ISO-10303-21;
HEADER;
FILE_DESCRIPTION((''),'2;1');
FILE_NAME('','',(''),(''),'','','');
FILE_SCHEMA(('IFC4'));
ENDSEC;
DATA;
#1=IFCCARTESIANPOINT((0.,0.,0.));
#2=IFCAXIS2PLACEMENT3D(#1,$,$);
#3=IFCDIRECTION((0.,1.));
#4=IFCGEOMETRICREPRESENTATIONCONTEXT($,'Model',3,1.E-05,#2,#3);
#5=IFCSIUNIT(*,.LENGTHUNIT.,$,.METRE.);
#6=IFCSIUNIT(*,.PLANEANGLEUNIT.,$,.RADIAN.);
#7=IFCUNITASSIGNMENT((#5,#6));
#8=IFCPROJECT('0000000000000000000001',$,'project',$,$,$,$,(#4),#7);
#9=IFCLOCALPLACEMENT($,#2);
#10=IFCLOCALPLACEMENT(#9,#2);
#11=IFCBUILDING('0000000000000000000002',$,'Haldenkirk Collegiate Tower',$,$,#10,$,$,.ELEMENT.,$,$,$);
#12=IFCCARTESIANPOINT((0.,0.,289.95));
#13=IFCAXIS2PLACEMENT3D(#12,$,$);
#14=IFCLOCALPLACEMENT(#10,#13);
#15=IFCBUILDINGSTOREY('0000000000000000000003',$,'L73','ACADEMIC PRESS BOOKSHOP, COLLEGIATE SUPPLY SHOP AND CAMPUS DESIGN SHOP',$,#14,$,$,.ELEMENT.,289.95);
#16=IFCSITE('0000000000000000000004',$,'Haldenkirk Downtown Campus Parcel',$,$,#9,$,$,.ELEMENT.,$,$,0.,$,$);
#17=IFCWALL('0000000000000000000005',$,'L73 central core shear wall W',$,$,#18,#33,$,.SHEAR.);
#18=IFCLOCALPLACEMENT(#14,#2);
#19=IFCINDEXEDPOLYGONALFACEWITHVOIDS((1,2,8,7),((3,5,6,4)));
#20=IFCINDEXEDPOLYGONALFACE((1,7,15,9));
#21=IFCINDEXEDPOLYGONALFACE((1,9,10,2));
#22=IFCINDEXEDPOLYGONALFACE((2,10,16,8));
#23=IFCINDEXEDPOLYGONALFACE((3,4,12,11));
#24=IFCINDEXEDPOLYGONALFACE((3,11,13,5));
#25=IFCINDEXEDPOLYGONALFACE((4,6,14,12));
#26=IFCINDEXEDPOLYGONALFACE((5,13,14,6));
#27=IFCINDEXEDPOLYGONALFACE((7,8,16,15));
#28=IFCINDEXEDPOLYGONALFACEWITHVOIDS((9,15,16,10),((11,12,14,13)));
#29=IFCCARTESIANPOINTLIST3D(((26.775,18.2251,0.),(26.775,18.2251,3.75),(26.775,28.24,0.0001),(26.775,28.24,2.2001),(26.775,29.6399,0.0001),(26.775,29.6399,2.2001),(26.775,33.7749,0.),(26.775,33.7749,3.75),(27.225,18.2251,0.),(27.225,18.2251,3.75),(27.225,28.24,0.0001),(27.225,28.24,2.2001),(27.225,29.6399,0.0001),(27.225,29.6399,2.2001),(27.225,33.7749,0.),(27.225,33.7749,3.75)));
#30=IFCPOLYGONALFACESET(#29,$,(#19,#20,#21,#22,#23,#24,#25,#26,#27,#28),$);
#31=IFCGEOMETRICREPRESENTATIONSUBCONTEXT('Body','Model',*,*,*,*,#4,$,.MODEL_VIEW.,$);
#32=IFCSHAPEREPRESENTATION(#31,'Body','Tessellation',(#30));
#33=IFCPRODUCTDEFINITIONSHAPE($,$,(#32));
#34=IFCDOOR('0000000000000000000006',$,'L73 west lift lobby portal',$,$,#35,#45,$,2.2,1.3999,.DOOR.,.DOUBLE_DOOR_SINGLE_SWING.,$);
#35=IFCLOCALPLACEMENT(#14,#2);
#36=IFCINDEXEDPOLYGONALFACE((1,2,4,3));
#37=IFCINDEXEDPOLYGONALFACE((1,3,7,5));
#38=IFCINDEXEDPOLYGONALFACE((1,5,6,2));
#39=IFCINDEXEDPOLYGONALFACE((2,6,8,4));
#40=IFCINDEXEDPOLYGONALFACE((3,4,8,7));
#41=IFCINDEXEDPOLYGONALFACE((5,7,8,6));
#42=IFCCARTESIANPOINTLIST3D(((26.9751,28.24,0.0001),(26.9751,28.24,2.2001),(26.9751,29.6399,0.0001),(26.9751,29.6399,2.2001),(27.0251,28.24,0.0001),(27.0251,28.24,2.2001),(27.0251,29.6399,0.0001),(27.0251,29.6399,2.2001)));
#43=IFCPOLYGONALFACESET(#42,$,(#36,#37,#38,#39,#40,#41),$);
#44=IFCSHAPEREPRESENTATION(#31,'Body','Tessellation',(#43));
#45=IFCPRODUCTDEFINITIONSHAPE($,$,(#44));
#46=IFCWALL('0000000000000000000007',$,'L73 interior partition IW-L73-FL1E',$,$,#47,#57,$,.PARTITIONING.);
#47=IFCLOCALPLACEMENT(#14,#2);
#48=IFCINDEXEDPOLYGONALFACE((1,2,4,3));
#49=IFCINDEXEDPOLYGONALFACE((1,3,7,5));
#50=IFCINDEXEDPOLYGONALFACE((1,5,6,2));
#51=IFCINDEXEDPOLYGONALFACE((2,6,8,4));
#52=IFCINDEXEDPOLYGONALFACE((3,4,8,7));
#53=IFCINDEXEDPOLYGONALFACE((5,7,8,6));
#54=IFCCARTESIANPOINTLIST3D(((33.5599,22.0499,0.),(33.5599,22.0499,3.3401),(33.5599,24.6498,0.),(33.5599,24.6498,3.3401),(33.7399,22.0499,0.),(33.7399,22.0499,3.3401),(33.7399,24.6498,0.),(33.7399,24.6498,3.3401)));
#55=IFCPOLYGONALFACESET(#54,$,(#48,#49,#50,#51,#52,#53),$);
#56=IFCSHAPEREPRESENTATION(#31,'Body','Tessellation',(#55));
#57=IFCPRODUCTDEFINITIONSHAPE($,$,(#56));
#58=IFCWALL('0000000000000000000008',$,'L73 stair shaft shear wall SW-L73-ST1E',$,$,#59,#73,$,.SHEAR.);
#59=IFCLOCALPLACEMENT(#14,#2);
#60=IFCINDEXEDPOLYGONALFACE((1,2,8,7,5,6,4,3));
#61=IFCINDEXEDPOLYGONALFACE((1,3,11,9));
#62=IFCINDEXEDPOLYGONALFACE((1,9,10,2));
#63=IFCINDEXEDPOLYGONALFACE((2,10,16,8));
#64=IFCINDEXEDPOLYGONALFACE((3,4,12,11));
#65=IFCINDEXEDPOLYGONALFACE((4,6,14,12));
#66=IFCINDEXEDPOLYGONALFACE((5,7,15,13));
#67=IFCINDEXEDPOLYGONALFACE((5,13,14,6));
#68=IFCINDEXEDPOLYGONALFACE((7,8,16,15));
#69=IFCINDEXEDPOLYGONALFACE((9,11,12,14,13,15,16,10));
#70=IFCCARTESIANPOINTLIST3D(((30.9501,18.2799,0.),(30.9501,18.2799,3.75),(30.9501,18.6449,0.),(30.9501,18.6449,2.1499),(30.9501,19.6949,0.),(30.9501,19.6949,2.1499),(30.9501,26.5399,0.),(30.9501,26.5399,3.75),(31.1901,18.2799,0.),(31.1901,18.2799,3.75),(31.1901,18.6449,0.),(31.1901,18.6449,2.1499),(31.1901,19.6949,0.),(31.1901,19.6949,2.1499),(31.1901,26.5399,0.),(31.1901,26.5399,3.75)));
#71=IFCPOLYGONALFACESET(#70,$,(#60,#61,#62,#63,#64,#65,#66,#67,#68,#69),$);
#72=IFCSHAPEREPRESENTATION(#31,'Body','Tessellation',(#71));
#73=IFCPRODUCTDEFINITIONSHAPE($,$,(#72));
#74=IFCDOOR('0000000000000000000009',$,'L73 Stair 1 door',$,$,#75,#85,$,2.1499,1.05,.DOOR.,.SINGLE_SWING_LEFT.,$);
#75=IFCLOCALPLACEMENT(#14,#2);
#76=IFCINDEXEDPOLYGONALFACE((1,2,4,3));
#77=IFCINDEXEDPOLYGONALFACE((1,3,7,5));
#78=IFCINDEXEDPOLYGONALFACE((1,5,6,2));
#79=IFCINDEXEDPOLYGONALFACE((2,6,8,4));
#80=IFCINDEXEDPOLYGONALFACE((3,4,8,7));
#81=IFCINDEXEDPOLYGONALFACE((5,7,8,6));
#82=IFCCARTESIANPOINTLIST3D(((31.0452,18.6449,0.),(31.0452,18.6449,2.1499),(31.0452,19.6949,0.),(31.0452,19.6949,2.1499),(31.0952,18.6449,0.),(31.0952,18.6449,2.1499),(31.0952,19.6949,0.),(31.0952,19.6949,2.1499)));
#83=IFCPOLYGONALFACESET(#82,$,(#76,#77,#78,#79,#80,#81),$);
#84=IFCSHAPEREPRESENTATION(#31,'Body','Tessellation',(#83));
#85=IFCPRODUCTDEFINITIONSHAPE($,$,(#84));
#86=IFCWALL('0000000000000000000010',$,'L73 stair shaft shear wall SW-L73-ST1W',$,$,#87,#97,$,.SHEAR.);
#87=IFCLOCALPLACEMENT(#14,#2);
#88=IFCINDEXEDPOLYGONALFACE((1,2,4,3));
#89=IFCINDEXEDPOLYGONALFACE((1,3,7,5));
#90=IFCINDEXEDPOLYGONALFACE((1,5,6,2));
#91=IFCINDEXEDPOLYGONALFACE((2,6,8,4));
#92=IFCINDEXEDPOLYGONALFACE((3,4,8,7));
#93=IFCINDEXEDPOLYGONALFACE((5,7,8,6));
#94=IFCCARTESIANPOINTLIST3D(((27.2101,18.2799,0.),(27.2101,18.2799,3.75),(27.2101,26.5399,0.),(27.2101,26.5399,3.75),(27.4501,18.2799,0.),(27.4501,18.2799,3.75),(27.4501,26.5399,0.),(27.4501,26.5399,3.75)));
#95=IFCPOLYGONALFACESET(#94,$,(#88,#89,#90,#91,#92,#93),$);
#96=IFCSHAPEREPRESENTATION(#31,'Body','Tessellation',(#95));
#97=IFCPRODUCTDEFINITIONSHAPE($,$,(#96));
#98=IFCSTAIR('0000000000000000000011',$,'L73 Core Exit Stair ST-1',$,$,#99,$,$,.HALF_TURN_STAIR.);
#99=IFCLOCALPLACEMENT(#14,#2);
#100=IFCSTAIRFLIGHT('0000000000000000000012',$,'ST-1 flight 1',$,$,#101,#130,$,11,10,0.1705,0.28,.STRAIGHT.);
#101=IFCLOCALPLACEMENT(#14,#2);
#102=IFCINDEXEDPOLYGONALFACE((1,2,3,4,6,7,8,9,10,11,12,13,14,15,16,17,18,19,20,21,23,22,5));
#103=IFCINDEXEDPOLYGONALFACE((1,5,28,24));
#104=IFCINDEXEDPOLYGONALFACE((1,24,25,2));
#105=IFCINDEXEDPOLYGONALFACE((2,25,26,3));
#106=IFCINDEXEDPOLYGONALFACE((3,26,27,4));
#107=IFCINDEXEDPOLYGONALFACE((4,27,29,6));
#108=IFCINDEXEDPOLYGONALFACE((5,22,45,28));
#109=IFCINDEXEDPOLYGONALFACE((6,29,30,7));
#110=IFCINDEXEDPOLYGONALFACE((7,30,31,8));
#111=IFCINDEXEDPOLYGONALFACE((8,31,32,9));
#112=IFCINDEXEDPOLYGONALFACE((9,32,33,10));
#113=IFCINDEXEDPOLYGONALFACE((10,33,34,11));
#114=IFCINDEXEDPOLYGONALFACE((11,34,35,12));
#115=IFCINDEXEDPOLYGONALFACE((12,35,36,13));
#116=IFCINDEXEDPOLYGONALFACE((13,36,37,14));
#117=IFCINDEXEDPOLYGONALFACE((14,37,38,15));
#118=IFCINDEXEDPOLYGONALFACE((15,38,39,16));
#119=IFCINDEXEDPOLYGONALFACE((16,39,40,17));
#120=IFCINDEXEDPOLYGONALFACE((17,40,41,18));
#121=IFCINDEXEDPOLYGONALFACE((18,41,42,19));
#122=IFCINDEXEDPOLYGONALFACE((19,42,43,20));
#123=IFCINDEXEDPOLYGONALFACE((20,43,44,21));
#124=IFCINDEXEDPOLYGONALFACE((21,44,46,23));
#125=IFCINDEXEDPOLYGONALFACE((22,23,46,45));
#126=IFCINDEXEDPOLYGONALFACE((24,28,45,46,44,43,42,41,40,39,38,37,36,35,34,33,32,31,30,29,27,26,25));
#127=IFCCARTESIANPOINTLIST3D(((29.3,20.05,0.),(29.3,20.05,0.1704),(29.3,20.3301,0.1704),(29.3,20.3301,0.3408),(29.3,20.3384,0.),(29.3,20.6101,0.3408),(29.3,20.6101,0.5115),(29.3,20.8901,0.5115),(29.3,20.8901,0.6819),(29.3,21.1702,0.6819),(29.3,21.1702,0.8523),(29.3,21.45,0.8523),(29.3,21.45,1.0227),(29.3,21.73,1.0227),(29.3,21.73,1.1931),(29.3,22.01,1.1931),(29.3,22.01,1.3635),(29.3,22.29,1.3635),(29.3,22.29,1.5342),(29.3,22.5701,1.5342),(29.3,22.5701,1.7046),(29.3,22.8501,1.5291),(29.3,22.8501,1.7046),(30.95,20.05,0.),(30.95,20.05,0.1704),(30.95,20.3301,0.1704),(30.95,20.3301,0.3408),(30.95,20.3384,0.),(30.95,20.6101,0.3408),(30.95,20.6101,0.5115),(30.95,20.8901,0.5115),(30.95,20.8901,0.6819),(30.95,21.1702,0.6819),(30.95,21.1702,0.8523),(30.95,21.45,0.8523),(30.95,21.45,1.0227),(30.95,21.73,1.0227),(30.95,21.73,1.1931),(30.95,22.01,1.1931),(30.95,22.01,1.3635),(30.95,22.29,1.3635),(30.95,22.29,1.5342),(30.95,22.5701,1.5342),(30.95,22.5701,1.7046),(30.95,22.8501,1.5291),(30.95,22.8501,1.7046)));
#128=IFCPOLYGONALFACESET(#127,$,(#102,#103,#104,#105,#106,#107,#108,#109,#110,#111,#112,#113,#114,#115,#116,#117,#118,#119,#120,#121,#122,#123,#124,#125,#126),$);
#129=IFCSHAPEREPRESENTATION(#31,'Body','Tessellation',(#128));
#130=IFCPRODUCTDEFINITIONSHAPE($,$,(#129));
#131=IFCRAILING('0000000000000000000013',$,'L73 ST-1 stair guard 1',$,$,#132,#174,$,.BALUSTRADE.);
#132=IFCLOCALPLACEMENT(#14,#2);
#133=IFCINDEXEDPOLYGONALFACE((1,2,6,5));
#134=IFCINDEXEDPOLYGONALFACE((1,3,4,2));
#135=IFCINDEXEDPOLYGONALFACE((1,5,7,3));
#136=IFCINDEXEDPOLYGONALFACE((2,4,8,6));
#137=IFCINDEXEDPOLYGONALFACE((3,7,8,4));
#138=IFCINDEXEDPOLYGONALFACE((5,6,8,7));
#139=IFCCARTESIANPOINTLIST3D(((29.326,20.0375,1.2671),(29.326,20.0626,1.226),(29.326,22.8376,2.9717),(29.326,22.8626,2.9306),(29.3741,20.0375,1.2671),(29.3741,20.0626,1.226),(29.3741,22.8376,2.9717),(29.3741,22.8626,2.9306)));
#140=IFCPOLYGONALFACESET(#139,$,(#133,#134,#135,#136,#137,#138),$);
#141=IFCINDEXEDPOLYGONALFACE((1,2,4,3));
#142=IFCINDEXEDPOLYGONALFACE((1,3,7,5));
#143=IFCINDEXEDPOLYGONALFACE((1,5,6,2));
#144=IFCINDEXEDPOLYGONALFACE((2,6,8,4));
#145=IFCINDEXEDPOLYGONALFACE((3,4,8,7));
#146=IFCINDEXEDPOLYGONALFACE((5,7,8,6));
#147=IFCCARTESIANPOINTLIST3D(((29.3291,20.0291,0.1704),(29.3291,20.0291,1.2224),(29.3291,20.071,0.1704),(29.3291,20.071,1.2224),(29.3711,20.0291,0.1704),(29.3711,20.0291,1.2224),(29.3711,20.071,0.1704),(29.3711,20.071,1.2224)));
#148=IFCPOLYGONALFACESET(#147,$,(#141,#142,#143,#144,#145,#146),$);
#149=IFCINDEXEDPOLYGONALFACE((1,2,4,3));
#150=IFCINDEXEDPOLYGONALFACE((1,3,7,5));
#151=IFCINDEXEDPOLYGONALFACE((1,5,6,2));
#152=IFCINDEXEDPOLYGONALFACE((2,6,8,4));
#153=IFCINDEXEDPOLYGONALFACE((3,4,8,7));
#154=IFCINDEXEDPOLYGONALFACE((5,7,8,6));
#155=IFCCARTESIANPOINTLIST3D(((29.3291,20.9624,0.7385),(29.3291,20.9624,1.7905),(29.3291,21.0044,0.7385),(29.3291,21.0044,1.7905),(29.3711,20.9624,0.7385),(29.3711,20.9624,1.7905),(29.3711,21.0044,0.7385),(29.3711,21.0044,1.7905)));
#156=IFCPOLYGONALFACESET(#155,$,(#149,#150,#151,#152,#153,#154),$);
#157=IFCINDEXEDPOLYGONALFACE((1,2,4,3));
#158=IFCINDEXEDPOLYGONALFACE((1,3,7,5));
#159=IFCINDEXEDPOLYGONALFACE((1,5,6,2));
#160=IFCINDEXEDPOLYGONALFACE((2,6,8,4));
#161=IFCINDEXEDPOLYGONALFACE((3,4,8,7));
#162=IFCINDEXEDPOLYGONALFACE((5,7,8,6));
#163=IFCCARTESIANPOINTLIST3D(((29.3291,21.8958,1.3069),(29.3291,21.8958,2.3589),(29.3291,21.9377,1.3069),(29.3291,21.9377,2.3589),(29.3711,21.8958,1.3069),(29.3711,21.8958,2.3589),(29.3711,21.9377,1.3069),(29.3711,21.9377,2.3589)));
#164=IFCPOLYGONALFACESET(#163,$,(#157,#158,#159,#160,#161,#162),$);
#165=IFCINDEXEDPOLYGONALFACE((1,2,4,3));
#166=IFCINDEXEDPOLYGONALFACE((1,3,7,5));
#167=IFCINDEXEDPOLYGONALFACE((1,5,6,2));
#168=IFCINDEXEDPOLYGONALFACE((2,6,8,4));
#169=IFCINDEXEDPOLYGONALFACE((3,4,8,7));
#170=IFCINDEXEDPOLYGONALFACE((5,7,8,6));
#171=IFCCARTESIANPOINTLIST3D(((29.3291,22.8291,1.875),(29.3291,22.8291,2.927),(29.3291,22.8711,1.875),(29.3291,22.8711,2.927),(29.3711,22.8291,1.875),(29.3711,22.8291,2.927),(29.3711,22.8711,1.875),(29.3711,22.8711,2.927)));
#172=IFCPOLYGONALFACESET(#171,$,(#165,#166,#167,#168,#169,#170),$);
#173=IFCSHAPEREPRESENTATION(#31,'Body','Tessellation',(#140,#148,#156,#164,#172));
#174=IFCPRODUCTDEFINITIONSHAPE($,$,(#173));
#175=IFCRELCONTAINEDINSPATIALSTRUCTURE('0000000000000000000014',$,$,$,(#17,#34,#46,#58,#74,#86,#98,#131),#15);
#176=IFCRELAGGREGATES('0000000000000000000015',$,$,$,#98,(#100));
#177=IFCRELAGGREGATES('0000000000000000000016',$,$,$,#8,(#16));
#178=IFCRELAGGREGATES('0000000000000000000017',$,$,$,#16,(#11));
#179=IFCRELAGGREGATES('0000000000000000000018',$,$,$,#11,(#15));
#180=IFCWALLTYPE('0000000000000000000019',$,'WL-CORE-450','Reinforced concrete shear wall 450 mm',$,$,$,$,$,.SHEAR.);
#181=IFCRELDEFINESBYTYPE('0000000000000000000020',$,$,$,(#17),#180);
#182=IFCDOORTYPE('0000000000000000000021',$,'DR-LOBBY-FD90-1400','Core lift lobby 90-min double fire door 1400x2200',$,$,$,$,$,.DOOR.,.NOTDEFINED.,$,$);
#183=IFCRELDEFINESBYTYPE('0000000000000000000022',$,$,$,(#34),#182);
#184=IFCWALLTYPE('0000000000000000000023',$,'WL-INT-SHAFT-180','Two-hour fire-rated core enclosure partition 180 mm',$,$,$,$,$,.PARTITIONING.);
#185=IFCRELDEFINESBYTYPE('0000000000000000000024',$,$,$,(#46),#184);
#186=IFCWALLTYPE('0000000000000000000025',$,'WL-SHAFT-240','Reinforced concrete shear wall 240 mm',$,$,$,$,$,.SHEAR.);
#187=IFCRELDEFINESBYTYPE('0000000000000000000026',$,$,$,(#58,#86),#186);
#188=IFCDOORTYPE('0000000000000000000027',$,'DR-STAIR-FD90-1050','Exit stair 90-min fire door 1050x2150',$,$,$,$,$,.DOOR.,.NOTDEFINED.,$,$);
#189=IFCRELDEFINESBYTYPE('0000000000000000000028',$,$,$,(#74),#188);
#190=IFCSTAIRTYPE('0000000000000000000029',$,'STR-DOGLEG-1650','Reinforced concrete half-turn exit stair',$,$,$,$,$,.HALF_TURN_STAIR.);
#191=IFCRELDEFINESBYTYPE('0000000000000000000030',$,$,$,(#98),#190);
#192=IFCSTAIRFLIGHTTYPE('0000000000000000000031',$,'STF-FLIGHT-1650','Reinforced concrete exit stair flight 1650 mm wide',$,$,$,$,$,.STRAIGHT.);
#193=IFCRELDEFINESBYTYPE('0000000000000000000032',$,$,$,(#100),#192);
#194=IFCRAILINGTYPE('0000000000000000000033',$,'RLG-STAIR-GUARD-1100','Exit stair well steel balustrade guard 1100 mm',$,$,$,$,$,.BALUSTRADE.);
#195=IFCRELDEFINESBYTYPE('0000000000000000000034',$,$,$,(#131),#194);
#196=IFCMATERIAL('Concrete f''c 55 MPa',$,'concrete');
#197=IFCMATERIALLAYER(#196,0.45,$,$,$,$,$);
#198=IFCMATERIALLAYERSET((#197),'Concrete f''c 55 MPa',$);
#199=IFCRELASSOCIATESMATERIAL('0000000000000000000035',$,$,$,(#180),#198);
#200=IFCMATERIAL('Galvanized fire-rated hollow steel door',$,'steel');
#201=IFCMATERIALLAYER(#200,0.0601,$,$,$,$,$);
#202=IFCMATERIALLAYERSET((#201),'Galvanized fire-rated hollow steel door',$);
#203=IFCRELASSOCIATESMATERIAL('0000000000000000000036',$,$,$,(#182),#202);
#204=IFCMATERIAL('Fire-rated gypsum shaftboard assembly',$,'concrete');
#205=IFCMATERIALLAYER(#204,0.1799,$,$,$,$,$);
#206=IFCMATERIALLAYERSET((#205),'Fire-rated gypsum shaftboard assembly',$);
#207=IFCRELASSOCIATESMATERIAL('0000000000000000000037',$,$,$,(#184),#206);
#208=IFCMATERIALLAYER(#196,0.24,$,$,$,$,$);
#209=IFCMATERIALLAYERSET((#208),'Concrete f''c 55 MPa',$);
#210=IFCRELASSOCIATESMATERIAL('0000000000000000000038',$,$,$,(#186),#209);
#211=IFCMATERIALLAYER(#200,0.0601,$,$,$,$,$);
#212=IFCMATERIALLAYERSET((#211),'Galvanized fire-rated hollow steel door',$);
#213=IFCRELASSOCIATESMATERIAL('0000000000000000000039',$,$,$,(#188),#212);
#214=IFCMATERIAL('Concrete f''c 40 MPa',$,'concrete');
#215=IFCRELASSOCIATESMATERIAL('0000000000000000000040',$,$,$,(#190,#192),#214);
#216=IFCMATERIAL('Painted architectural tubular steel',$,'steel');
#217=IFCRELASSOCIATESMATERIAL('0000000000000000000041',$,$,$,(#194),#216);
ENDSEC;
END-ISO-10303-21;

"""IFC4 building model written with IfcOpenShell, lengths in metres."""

from ifc_helpers import new_model, si_unit, direction, frame, frame_2d, origin, origin_2d, place, context, subcontext, project, spatial, polyline, rectangle, outline, extrude, material, layer, layer_set, type_object, element, fill, aggregate, save


model = new_model("IFC4")

# Units and contexts
model_context = context("Model", 3, precision=1e-05, world=origin(), true_north=direction((0.0, 1.0)))
body_context = subcontext(model_context, "Body", "Model", "MODEL_VIEW")
ifc_project = project(units=[si_unit("LENGTHUNIT", "METRE"), si_unit("PLANEANGLEUNIT", "RADIAN")], contexts=[model_context])

# Site, building, storey
site_placement = place(None, origin())
site = spatial("IfcSite", under=ifc_project, at=site_placement, Name="Haldenkirk Downtown Campus Parcel", CompositionType="ELEMENT", RefElevation=0.0)
building_placement = place(site_placement, origin())
building = spatial("IfcBuilding", under=site, at=building_placement, Name="Haldenkirk Collegiate Tower", CompositionType="ELEMENT")
storey_placement = place(building_placement, frame((0.0, 0.0, 289.95)))
storey = spatial("IfcBuildingStorey", under=building, at=storey_placement, Name="L73", Description="ACADEMIC PRESS BOOKSHOP, COLLEGIATE SUPPLY SHOP AND CAMPUS DESIGN SHOP", CompositionType="ELEMENT", Elevation=289.95)

# Wall, opening, door
ifc_material_1 = material(Name="Concrete f'c 55 MPa", Category="concrete")
ifc_layer_1 = layer(ifc_material_1, 0.45)
ifc_layer_set_1 = layer_set([ifc_layer_1], Name="Concrete f'c 55 MPa")
wall_type_1 = type_object("IfcWallType", Name="WL-CORE-450", Description="Reinforced concrete shear wall 450 mm", PredefinedType="SHEAR", material=ifc_layer_set_1)
wall_1_placement = place(storey_placement, frame((27.0, 18.2251, 0.0), z_axis=(0.0, 0.0, 1.0), x_axis=(0.0, 1.0, 0.0)))
wall_1 = element("IfcWall", 1, at=wall_1_placement, inside=storey, type_object=wall_type_1, Name="L73 central core shear wall W", PredefinedType="SHEAR", context=body_context, shape_type="SweptSolid", body=[
    extrude(rectangle(XDim=15.5498, YDim=0.45, at=frame_2d((7.7749, 0.0))), origin(), (0.0, 0.0, 1.0), 3.75),
])
opening_1_placement = place(wall_1_placement, frame((10.0149, 0.0, 0.0)))
opening_1 = element("IfcOpeningElement", 2, at=opening_1_placement, cuts=wall_1, PredefinedType="OPENING", context=body_context, shape_type="SweptSolid", body=[
    extrude(rectangle(XDim=1.3999, YDim=2.2, at=frame_2d((0.7, 1.1001))), frame((0.0, 0.2349, 0.0), z_axis=(0.0, -1.0, 0.0), x_axis=(1.0, 0.0, 0.0)), (0.0, 0.0, 1.0), 0.47),
])
ifc_material_2 = material(Name="Galvanized fire-rated hollow steel door", Category="steel")
ifc_layer_2 = layer(ifc_material_2, 0.0601)
ifc_layer_set_2 = layer_set([ifc_layer_2], Name="Galvanized fire-rated hollow steel door")
door_type_1 = type_object("IfcDoorType", Name="DR-LOBBY-FD90-1400", Description="Core lift lobby 90-min double fire door 1400x2200", OperationType="NOTDEFINED", PredefinedType="DOOR", material=ifc_layer_set_2)
door_1_placement = place(opening_1_placement, origin())
door_1 = element("IfcDoor", 3, at=door_1_placement, inside=storey, type_object=door_type_1, Name="L73 west lift lobby portal", OperationType="DOUBLE_DOOR_SINGLE_SWING", OverallHeight=2.2, OverallWidth=1.3999, PredefinedType="DOOR", context=body_context, shape_type="SweptSolid", body=[
    extrude(rectangle(XDim=1.3999, YDim=2.2, at=frame_2d((0.7, 1.1001))), frame((0.0, 0.0249, 0.0), z_axis=(0.0, -1.0, 0.0), x_axis=(1.0, 0.0, 0.0)), (0.0, 0.0, 1.0), 0.05),
])
fill(opening_1, door_1)

# Wall
ifc_material_3 = material(Name="Fire-rated gypsum shaftboard assembly", Category="concrete")
ifc_layer_3 = layer(ifc_material_3, 0.1799)
ifc_layer_set_3 = layer_set([ifc_layer_3], Name="Fire-rated gypsum shaftboard assembly")
wall_type_2 = type_object("IfcWallType", Name="WL-INT-SHAFT-180", Description="Two-hour fire-rated core enclosure partition 180 mm", PredefinedType="PARTITIONING", material=ifc_layer_set_3)
wall_2_placement = place(storey_placement, frame((33.6499, 22.05, 0.0), z_axis=(0.0, 0.0, 1.0), x_axis=(0.0, 1.0, 0.0)))
element("IfcWall", 4, at=wall_2_placement, inside=storey, type_object=wall_type_2, Name="L73 interior partition IW-L73-FL1E", PredefinedType="PARTITIONING", context=body_context, shape_type="SweptSolid", body=[
    extrude(rectangle(XDim=2.5999, YDim=0.1799, at=frame_2d((1.2998, 0.0))), origin(), (0.0, 0.0, 1.0), 3.3401),
])

# Wall, opening, door
ifc_layer_4 = layer(ifc_material_1, 0.24)
ifc_layer_set_4 = layer_set([ifc_layer_4], Name="Concrete f'c 55 MPa")
wall_type_3 = type_object("IfcWallType", Name="WL-SHAFT-240", Description="Reinforced concrete shear wall 240 mm", PredefinedType="SHEAR", material=ifc_layer_set_4)
wall_3_placement = place(storey_placement, frame((31.0701, 18.28, 0.0), z_axis=(0.0, 0.0, 1.0), x_axis=(0.0, 1.0, 0.0)))
wall_3 = element("IfcWall", 5, at=wall_3_placement, inside=storey, type_object=wall_type_3, Name="L73 stair shaft shear wall SW-L73-ST1E", PredefinedType="SHEAR", context=body_context, shape_type="SweptSolid", body=[
    extrude(rectangle(XDim=8.26, YDim=0.24, at=frame_2d((4.1299, 0.0))), origin(), (0.0, 0.0, 1.0), 3.75),
])
opening_2_placement = place(wall_3_placement, frame((0.365, 0.0, 0.0)))
opening_2 = element("IfcOpeningElement", 6, at=opening_2_placement, cuts=wall_3, PredefinedType="OPENING", context=body_context, shape_type="SweptSolid", body=[
    extrude(rectangle(XDim=1.05, YDim=2.1499, at=frame_2d((0.5249, 1.075))), frame((0.0, 0.1299, 0.0), z_axis=(0.0, -1.0, 0.0), x_axis=(1.0, 0.0, 0.0)), (0.0, 0.0, 1.0), 0.26),
])
ifc_layer_5 = layer(ifc_material_2, 0.0601)
ifc_layer_set_5 = layer_set([ifc_layer_5], Name="Galvanized fire-rated hollow steel door")
door_type_2 = type_object("IfcDoorType", Name="DR-STAIR-FD90-1050", Description="Exit stair 90-min fire door 1050x2150", OperationType="NOTDEFINED", PredefinedType="DOOR", material=ifc_layer_set_5)
door_2_placement = place(opening_2_placement, origin())
door_2 = element("IfcDoor", 7, at=door_2_placement, inside=storey, type_object=door_type_2, Name="L73 Stair 1 door", OperationType="SINGLE_SWING_LEFT", OverallHeight=2.1499, OverallWidth=1.05, PredefinedType="DOOR", context=body_context, shape_type="SweptSolid", body=[
    extrude(rectangle(XDim=1.05, YDim=2.1499, at=frame_2d((0.5249, 1.075))), frame((0.0, 0.0249, 0.0), z_axis=(0.0, -1.0, 0.0), x_axis=(1.0, 0.0, 0.0)), (0.0, 0.0, 1.0), 0.05),
])
fill(opening_2, door_2)

# Wall
wall_4_placement = place(storey_placement, frame((27.3301, 18.28, 0.0), z_axis=(0.0, 0.0, 1.0), x_axis=(0.0, 1.0, 0.0)))
element("IfcWall", 8, at=wall_4_placement, inside=storey, type_object=wall_type_3, Name="L73 stair shaft shear wall SW-L73-ST1W", PredefinedType="SHEAR", context=body_context, shape_type="SweptSolid", body=[
    extrude(rectangle(XDim=8.26, YDim=0.24, at=frame_2d((4.1299, 0.0))), origin(), (0.0, 0.0, 1.0), 3.75),
])

# Stair, stair flight
ifc_material_4 = material(Name="Concrete f'c 40 MPa", Category="concrete")
stair_type = type_object("IfcStairType", Name="STR-DOGLEG-1650", Description="Reinforced concrete half-turn exit stair", PredefinedType="HALF_TURN_STAIR", material=ifc_material_4)
stair_placement = place(storey_placement, origin())
stair = element("IfcStair", 9, at=stair_placement, inside=storey, type_object=stair_type, Name="L73 Core Exit Stair ST-1", PredefinedType="HALF_TURN_STAIR")
stair_flight_type = type_object("IfcStairFlightType", Name="STF-FLIGHT-1650", Description="Reinforced concrete exit stair flight 1650 mm wide", PredefinedType="STRAIGHT", material=ifc_material_4)
stair_flight_placement = place(storey_placement, frame((30.125, 20.05, 0.0), z_axis=(0.0, 0.0, 1.0), x_axis=(0.0, 1.0, 0.0)))
stair_flight = element("IfcStairFlight", 10, at=stair_flight_placement, type_object=stair_flight_type, Name="ST-1 flight 1", NumberOfRisers=11, NumberOfTreads=10, PredefinedType="STRAIGHT", RiserHeight=0.1705, TreadLength=0.28, context=body_context, shape_type="SweptSolid", body=[
    extrude(outline(polyline([(0.0, 0.0), (0.0, 0.1704), (0.28, 0.1704), (0.28, 0.3408), (0.5601, 0.3408), (0.5601, 0.5115), (0.8401, 0.5115), (0.8401, 0.6819), (1.1201, 0.6819), (1.1201, 0.8523), (1.3999, 0.8523), (1.3999, 1.0227), (1.6799, 1.0227), (1.6799, 1.1931), (1.96, 1.1931), (1.96, 1.3635), (2.24, 1.3635), (2.24, 1.5342), (2.52, 1.5342), (2.52, 1.7046), (2.8, 1.7046), (2.8, 1.875), (2.8, 1.5291), (0.2883, 0.0), (0.0, 0.0)])), frame((0.0, 0.825, 0.0), z_axis=(0.0, -1.0, 0.0), x_axis=(1.0, 0.0, 0.0)), (0.0, 0.0, 1.0), 1.6499),
])
aggregate(stair, [stair_flight])

# Railing
ifc_material_5 = material(Name="Painted architectural tubular steel", Category="steel")
railing_type_1 = type_object("IfcRailingType", Name="RLG-STAIR-GUARD-1100", Description="Exit stair well steel balustrade guard 1100 mm", PredefinedType="BALUSTRADE", material=ifc_material_5)
railing_1_placement = place(storey_placement, frame((29.3501, 20.05, 0.1704)))
element("IfcRailing", 11, at=railing_1_placement, inside=storey, type_object=railing_type_1, Name="L73 ST-1 stair guard 1", PredefinedType="BALUSTRADE", context=body_context, shape_type="SweptSolid", body=[
    extrude(rectangle(XDim=0.0481, YDim=0.0481, at=origin_2d()), frame((0.0, 0.0, 1.0762), z_axis=(0.0, 0.85417, 0.519994), x_axis=(-1.0, 0.0, 0.0)), (0.0, 0.0, 1.0), 3.2781),
    extrude(rectangle(XDim=0.042, YDim=0.042, at=origin_2d()), origin(), (0.0, 0.0, 1.0), 1.052),
    extrude(rectangle(XDim=0.042, YDim=0.042, at=origin_2d()), frame((0.0, 0.9333, 0.5681)), (0.0, 0.0, 1.0), 1.052),
    extrude(rectangle(XDim=0.042, YDim=0.042, at=origin_2d()), frame((0.0, 1.8667, 1.1365)), (0.0, 0.0, 1.0), 1.052),
    extrude(rectangle(XDim=0.042, YDim=0.042, at=origin_2d()), frame((0.0, 2.8, 1.7046)), (0.0, 0.0, 1.0), 1.052),
])

save(model, "model.ifc")
